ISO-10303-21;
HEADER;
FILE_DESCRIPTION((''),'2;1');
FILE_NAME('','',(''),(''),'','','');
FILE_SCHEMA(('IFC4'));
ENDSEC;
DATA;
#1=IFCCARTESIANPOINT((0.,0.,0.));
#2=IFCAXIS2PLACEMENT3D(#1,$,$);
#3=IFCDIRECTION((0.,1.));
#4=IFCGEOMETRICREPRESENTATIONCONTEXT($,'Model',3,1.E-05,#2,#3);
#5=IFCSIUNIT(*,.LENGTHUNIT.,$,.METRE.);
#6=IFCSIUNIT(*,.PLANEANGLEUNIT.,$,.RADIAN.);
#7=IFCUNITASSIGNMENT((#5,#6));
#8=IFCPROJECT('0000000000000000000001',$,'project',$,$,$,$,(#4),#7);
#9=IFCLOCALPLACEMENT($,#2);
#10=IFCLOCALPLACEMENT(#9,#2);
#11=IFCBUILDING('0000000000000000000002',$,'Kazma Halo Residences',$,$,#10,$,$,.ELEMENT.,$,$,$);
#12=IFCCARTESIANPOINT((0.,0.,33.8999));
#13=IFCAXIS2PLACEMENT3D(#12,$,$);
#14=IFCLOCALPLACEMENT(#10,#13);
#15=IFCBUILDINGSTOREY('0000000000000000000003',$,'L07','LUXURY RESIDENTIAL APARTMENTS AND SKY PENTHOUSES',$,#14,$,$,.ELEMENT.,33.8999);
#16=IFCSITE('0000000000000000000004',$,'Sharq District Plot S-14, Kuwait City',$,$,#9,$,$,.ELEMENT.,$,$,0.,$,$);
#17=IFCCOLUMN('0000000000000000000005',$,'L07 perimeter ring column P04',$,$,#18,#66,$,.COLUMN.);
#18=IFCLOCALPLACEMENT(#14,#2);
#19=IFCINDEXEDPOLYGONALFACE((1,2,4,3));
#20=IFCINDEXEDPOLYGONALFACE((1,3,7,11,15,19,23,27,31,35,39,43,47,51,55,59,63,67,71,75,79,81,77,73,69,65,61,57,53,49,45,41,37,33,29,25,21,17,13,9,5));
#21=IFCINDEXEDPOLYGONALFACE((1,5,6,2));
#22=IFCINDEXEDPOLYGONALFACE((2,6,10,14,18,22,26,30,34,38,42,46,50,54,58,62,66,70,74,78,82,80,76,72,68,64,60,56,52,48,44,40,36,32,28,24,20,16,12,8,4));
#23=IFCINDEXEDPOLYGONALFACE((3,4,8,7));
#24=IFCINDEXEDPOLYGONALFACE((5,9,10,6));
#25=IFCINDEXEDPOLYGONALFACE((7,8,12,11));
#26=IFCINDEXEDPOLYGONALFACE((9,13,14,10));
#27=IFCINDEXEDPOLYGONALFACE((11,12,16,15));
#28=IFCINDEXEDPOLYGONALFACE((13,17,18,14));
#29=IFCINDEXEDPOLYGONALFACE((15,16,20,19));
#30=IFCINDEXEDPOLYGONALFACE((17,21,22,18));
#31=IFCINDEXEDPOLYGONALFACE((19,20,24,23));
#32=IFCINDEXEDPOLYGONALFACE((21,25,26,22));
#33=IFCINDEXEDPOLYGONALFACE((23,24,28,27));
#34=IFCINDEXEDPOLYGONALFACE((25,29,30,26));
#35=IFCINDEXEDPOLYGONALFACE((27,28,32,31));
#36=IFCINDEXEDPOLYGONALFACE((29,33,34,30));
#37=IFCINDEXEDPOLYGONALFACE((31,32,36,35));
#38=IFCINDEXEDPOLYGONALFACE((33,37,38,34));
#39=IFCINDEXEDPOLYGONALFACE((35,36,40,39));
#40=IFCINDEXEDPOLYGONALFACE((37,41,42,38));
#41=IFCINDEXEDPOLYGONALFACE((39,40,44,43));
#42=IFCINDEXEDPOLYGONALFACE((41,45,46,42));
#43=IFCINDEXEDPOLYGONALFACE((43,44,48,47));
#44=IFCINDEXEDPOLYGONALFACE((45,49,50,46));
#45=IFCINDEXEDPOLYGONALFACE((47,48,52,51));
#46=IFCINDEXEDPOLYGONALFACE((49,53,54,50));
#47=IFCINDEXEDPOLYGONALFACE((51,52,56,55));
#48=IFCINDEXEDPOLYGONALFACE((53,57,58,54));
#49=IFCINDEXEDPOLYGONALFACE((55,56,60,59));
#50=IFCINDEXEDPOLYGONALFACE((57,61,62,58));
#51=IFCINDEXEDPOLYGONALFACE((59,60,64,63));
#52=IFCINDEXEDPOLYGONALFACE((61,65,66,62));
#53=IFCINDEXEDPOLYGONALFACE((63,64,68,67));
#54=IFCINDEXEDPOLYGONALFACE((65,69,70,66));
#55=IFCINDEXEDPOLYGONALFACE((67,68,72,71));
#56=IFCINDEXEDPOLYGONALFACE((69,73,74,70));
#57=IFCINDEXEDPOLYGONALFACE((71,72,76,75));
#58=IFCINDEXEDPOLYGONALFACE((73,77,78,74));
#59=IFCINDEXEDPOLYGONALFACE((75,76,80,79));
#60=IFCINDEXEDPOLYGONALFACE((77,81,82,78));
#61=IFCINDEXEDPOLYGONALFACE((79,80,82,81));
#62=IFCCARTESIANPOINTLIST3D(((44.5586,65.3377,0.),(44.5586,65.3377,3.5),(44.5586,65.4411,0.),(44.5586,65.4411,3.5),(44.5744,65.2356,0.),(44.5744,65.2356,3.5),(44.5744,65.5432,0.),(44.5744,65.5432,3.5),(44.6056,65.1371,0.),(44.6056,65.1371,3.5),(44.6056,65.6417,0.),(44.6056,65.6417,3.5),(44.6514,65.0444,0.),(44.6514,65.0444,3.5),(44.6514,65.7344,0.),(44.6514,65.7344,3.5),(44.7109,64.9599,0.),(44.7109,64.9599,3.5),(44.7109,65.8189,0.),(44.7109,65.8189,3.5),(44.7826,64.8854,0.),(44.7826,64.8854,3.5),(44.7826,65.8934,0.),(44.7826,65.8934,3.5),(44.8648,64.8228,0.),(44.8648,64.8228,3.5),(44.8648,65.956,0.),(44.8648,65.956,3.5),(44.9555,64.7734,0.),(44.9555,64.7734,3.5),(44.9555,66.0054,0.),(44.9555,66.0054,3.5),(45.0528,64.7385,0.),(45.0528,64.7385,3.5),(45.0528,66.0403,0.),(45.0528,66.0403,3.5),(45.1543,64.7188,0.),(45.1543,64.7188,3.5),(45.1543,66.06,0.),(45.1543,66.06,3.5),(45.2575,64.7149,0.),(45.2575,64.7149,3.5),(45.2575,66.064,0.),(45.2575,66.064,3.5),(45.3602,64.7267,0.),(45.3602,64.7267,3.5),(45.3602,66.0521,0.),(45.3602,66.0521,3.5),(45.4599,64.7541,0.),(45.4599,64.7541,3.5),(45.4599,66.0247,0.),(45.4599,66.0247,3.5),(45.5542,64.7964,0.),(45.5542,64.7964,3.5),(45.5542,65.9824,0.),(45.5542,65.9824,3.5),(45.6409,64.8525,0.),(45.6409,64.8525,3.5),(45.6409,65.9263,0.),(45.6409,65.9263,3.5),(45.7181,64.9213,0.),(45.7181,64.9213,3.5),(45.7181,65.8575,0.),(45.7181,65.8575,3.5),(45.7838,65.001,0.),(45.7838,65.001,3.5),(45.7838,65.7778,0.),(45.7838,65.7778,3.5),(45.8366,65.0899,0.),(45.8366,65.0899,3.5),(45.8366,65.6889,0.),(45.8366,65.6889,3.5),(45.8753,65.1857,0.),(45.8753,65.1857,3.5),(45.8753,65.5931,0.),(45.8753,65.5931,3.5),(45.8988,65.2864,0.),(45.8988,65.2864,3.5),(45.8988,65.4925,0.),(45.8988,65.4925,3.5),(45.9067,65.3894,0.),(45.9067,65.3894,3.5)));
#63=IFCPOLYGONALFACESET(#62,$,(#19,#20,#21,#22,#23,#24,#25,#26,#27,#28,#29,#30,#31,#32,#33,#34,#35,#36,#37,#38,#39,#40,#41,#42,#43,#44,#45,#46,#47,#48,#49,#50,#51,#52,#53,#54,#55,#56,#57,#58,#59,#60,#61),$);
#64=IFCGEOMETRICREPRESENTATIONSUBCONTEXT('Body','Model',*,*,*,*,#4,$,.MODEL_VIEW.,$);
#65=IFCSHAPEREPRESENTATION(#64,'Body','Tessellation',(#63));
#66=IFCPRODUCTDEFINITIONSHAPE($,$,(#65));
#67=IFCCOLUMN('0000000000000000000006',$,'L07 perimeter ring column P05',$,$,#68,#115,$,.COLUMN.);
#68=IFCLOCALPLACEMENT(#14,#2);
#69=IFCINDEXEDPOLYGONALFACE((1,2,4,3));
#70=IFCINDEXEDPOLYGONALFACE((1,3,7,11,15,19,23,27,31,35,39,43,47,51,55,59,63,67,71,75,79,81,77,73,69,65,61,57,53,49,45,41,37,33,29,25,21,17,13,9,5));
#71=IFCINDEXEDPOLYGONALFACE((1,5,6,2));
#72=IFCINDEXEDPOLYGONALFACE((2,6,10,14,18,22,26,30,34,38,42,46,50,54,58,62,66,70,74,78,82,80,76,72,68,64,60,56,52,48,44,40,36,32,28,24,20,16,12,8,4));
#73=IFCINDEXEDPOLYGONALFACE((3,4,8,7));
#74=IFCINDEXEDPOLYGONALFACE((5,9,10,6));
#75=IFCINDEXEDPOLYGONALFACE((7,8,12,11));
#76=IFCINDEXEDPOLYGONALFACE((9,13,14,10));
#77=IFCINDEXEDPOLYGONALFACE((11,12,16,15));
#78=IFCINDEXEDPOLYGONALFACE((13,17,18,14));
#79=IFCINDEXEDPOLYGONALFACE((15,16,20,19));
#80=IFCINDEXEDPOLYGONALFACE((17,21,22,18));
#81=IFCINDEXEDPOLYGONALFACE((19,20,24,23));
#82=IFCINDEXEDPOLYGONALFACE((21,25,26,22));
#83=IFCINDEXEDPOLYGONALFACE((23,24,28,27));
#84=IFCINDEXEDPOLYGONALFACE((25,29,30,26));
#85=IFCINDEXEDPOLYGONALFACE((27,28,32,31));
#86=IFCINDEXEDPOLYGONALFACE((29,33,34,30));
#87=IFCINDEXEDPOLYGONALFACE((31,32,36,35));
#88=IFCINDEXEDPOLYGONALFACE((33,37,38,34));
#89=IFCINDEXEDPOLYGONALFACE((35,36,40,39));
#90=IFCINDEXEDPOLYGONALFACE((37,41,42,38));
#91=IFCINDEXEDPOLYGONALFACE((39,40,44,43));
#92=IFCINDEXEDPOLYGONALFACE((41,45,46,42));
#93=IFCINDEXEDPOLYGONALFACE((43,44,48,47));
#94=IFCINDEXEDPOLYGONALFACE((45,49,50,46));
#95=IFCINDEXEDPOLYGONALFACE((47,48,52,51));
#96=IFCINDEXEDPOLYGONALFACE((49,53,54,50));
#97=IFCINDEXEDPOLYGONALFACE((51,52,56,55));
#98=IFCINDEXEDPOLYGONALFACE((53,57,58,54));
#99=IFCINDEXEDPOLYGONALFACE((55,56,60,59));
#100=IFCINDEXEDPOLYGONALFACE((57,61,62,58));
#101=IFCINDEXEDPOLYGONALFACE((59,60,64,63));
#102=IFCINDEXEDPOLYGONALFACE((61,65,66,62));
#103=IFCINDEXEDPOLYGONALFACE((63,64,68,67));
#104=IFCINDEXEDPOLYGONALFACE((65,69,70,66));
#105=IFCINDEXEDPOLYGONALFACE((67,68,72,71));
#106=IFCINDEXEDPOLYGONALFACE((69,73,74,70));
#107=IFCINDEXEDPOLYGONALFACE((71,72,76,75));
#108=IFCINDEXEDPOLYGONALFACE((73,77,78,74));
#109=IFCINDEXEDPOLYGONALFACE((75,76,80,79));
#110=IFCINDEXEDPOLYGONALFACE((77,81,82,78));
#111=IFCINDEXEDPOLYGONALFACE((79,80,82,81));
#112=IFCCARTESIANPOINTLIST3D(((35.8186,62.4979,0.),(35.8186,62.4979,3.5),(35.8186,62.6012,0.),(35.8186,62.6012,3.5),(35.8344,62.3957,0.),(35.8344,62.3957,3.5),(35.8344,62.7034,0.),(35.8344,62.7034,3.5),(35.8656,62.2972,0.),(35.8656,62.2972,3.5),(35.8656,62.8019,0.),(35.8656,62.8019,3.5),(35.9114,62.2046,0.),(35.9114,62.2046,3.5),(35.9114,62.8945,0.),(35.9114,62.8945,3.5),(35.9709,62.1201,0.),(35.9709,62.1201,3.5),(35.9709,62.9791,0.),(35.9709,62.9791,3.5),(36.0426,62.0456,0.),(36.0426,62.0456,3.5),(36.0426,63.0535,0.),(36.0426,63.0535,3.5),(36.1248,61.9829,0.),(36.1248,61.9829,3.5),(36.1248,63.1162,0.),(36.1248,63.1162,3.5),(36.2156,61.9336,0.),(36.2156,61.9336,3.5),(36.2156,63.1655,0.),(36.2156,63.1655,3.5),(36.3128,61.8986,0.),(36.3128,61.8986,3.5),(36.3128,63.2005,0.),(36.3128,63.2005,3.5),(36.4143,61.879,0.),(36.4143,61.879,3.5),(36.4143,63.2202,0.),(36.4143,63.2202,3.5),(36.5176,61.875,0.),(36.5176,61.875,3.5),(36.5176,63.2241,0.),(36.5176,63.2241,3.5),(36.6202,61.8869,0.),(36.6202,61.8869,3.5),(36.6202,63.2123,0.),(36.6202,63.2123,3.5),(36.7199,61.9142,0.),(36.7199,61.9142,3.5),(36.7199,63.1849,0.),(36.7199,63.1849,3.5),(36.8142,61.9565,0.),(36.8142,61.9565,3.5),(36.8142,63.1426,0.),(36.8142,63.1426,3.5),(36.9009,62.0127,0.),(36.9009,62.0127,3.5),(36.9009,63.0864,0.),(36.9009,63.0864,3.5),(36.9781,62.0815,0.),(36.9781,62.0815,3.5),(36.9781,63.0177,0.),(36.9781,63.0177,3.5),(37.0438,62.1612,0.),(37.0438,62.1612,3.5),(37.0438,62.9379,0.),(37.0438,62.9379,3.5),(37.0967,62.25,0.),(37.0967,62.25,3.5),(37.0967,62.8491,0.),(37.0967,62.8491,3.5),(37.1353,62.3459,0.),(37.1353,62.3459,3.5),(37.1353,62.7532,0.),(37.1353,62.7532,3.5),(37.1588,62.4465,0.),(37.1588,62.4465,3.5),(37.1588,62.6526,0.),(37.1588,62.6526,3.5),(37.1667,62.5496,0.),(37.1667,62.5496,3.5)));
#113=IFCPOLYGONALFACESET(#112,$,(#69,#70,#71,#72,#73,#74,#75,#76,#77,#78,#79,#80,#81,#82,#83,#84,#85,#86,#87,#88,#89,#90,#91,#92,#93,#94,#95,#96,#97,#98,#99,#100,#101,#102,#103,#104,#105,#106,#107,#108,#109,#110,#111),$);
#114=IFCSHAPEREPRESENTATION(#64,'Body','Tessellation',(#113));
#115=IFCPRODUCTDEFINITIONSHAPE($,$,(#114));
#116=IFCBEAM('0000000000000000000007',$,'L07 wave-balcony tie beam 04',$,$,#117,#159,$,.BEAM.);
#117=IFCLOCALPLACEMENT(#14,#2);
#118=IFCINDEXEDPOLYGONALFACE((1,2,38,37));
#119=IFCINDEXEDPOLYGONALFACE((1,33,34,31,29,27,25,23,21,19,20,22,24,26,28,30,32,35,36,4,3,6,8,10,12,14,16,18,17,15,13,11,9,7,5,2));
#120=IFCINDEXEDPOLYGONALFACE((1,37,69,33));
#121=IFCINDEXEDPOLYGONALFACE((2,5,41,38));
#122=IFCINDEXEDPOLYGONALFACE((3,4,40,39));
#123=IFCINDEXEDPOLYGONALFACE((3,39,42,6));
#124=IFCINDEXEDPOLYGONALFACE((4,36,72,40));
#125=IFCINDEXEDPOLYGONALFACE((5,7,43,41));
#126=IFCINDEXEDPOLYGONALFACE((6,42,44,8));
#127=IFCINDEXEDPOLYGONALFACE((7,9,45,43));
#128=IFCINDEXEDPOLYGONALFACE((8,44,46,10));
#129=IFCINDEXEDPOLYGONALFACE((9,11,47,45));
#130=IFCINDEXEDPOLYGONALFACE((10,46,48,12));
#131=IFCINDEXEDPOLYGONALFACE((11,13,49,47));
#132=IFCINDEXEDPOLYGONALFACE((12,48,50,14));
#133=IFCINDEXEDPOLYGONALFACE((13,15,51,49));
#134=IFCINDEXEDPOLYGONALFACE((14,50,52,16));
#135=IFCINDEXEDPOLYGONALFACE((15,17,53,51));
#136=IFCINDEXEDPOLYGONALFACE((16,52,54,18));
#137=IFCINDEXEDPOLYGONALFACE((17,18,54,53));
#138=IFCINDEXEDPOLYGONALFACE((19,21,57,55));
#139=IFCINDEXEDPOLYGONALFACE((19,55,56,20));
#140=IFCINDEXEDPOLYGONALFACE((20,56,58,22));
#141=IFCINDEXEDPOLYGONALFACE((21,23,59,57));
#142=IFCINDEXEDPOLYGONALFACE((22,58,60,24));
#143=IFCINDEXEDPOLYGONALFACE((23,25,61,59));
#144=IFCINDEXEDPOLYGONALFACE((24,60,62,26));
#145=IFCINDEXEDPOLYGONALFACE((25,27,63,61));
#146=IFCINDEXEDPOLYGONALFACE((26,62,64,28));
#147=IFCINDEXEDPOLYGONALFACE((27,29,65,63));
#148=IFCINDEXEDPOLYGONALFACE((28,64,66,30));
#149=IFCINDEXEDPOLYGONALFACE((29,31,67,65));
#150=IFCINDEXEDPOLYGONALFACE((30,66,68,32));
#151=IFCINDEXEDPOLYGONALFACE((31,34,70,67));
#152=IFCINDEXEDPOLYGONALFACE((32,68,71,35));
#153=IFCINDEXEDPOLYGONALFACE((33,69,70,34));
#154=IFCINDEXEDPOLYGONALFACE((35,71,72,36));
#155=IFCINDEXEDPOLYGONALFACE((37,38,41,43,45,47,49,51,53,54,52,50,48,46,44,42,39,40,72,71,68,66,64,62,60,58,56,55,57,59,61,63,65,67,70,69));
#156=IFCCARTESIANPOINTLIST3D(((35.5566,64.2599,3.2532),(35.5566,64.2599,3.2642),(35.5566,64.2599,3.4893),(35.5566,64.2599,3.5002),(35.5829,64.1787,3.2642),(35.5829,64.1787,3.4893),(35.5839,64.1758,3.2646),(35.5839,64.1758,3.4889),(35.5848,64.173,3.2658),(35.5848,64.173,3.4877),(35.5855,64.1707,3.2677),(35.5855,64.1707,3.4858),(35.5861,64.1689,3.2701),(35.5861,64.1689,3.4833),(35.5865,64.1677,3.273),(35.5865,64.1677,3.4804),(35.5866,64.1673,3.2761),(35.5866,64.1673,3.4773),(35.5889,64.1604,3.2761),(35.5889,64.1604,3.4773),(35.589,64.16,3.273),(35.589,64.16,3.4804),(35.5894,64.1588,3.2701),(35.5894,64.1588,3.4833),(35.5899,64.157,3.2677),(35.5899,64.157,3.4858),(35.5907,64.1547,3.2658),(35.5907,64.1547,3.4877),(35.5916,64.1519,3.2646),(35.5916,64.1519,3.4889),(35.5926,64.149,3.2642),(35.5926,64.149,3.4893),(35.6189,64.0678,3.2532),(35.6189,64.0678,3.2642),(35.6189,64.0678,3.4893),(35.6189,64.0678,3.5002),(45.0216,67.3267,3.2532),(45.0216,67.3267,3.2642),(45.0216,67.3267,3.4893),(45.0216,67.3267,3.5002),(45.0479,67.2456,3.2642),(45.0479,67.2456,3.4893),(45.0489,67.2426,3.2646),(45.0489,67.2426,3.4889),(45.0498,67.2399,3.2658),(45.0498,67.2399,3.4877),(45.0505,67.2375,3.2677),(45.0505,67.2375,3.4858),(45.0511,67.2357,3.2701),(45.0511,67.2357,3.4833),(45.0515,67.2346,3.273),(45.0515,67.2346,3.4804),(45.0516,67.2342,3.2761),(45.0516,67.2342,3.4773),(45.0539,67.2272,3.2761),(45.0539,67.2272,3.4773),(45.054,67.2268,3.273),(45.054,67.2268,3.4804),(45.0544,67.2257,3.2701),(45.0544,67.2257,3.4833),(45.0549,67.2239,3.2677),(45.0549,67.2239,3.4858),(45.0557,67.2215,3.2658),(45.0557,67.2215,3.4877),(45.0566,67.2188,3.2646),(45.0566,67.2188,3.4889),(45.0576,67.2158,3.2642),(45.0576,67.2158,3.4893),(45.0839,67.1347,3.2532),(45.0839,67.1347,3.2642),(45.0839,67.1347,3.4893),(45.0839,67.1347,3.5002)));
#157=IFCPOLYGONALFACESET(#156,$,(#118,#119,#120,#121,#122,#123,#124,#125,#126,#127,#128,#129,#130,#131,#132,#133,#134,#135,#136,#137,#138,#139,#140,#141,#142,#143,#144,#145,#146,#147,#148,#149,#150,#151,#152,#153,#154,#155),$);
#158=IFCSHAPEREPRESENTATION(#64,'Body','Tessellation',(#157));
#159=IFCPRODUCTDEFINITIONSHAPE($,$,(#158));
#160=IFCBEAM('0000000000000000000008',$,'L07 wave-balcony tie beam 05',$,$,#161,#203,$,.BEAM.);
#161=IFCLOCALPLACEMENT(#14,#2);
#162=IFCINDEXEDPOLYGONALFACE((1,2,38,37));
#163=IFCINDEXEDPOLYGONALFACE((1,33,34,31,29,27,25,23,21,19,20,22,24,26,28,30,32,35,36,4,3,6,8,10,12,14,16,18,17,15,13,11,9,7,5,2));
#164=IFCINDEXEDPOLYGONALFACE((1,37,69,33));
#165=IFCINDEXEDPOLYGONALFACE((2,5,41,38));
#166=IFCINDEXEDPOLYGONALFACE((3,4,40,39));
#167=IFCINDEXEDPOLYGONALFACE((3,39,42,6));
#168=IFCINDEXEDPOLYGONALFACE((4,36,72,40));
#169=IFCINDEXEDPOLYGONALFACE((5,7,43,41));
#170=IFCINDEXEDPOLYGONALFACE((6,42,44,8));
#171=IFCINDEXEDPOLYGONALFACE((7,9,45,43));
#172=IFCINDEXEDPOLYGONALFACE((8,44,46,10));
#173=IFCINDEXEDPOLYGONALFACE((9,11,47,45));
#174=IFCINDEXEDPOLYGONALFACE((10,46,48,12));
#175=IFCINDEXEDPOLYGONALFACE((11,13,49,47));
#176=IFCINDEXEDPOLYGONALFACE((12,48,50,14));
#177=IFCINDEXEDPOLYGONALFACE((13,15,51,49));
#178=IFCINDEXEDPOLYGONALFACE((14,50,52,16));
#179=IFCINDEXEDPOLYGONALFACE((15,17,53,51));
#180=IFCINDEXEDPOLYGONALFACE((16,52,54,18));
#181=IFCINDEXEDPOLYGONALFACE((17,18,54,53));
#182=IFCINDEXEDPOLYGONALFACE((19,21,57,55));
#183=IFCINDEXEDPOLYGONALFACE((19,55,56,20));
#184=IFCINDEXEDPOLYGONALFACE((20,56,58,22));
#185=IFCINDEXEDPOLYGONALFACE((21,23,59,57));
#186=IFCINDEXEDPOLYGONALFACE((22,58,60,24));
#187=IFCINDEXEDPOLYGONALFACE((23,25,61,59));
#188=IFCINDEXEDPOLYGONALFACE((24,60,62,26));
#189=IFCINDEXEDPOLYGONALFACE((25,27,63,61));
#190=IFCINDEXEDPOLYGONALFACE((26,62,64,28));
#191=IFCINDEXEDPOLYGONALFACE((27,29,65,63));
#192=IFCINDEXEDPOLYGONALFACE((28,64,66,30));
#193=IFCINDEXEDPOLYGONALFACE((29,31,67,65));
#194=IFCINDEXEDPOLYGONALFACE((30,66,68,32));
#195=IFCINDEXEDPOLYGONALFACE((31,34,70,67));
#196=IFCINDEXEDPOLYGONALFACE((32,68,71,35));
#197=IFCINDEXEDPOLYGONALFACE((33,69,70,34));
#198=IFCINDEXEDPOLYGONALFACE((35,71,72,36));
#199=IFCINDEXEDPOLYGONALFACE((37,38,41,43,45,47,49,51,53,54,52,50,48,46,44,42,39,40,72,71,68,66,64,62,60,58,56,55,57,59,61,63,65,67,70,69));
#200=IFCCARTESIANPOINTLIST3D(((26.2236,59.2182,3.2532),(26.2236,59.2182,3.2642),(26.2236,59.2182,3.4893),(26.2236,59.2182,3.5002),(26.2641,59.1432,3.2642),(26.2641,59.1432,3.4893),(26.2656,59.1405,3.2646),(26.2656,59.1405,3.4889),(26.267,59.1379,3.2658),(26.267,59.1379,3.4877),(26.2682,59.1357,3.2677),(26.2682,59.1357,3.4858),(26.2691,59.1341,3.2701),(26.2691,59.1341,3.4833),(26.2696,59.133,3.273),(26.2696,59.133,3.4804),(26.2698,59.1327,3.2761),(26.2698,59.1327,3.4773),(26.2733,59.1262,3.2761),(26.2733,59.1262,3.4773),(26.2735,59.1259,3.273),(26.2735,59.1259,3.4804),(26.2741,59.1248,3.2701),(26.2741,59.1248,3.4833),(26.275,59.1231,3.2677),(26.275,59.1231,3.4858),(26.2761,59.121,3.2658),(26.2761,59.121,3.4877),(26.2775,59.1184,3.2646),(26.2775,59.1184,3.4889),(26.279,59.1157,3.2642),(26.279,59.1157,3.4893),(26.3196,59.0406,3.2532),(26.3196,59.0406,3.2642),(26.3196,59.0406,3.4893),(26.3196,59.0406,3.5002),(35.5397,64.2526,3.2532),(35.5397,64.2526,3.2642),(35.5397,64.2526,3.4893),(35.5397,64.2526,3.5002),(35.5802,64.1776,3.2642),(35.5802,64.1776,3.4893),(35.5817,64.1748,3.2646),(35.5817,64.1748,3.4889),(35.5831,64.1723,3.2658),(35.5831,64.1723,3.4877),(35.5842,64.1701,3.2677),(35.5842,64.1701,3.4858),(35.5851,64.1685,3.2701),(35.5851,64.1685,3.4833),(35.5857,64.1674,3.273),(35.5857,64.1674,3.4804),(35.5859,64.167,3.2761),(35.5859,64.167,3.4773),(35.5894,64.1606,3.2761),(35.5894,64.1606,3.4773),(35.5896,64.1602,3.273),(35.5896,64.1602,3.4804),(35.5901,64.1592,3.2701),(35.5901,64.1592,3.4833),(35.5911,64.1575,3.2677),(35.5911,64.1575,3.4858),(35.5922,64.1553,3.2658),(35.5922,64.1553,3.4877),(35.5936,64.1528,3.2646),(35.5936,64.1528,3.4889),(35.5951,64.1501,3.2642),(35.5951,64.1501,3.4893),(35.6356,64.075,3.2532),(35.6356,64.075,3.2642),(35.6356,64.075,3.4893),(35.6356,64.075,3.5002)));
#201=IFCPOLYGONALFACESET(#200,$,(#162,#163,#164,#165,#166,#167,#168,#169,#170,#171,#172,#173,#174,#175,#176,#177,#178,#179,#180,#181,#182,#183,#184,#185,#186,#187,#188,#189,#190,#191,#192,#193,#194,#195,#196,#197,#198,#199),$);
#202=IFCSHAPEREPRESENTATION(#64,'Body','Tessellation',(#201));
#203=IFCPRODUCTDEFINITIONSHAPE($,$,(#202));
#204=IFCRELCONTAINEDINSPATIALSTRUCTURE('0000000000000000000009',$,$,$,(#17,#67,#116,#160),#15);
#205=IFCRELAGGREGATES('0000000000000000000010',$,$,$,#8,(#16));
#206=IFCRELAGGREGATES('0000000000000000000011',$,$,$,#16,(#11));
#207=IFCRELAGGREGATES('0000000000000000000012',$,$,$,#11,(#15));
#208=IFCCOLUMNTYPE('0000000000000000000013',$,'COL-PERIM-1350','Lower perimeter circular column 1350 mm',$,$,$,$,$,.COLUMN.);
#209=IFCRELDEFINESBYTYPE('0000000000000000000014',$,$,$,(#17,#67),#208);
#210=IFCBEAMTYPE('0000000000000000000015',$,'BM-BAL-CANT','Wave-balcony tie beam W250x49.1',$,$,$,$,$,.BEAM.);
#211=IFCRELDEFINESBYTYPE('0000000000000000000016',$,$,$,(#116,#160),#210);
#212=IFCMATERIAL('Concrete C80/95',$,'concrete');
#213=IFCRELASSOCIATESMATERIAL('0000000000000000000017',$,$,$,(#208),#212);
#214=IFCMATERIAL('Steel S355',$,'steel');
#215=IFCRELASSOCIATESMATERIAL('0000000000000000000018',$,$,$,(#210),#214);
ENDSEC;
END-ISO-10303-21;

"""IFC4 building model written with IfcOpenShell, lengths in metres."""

from ifc_helpers import new_model, si_unit, direction, frame, origin, origin_2d, place, context, subcontext, project, spatial, circle, i_section, extrude, material, material_profile, profile_set, type_object, element, save


model = new_model("IFC4")

# Units and contexts
model_context = context("Model", 3, precision=1e-05, world=origin(), true_north=direction((0.0, 1.0)))
body_context = subcontext(model_context, "Body", "Model", "MODEL_VIEW")
ifc_project = project(units=[si_unit("LENGTHUNIT", "METRE"), si_unit("PLANEANGLEUNIT", "RADIAN")], contexts=[model_context])

# Site, building, storey
site_placement = place(None, origin())
site = spatial("IfcSite", under=ifc_project, at=site_placement, Name="Sharq District Plot S-14, Kuwait City", CompositionType="ELEMENT", RefElevation=0.0)
building_placement = place(site_placement, origin())
building = spatial("IfcBuilding", under=site, at=building_placement, Name="Kazma Halo Residences", CompositionType="ELEMENT")
storey_placement = place(building_placement, frame((0.0, 0.0, 33.8999)))
storey = spatial("IfcBuildingStorey", under=building, at=storey_placement, Name="L07", Description="LUXURY RESIDENTIAL APARTMENTS AND SKY PENTHOUSES", CompositionType="ELEMENT", Elevation=33.8999)

# Columns
ifc_material_1 = material(Name="Concrete C80/95", Category="concrete")
ifc_material_profile_1 = material_profile(ifc_material_1, circle(Radius=0.675, at=origin_2d()), Name="CIRC1350")
ifc_profile_set_1 = profile_set([ifc_material_profile_1], Name="Concrete C80/95")
column_type = type_object("IfcColumnType", Name="COL-PERIM-1350", Description="Lower perimeter circular column 1350 mm", PredefinedType="COLUMN", material=ifc_profile_set_1)
for number, where, z_axis, x_axis, name in (
    (1, (45.2317, 65.3894, 0.0), (0.0, 0.0, 1.0), (1.0, 0.0, 0.0), "L07 perimeter ring column P04"),
    (2, (36.4917, 62.5496, 0.0), (0.0, 0.0, 1.0), (1.0, 0.0, 0.0), "L07 perimeter ring column P05"),
):
    element("IfcColumn", number, at=place(storey_placement, frame(where, z_axis=z_axis, x_axis=x_axis)), inside=storey, type_object=column_type, Name=name, PredefinedType="COLUMN", context=body_context, shape_type="SweptSolid", body=[
        extrude(circle(Radius=0.675, at=origin_2d()), origin(), (0.0, 0.0, 1.0), 3.5),
    ])

# Beams
ifc_material_2 = material(Name="Steel S355", Category="steel")
ifc_material_profile_2 = material_profile(ifc_material_2, i_section(OverallWidth=0.2019, OverallDepth=0.2471, WebThickness=0.0073, FlangeThickness=0.011, FilletRadius=0.012, at=origin_2d()), Name="W250x49.1")
ifc_profile_set_2 = profile_set([ifc_material_profile_2], Name="Steel S355")
beam_type_1 = type_object("IfcBeamType", Name="BM-BAL-CANT", Description="Wave-balcony tie beam W250x49.1", PredefinedType="BEAM", material=ifc_profile_set_2)
beam_1_placement = place(storey_placement, frame((45.0527, 67.2307, 3.3767), z_axis=(-0.951307, -0.308244, 0.0), x_axis=(0.308244, -0.951307, 0.0)))
element("IfcBeam", 3, at=beam_1_placement, inside=storey, type_object=beam_type_1, Name="L07 wave-balcony tie beam 04", PredefinedType="BEAM", context=body_context, shape_type="SweptSolid", body=[
    extrude(i_section(OverallWidth=0.2019, OverallDepth=0.2471, WebThickness=0.0073, FlangeThickness=0.011, FilletRadius=0.012, at=origin_2d()), origin(), (0.0, 0.0, 1.0), 9.9495),
])
beam_2_placement = place(storey_placement, frame((35.5876, 64.1638, 3.3767), z_axis=(-0.879759, -0.475419, 0.0), x_axis=(0.475419, -0.879759, 0.0)))
element("IfcBeam", 4, at=beam_2_placement, inside=storey, type_object=beam_type_1, Name="L07 wave-balcony tie beam 05", PredefinedType="BEAM", context=body_context, shape_type="SweptSolid", body=[
    extrude(i_section(OverallWidth=0.2019, OverallDepth=0.2471, WebThickness=0.0073, FlangeThickness=0.011, FilletRadius=0.012, at=origin_2d()), origin(), (0.0, 0.0, 1.0), 10.5894),
])

save(model, "model.ifc")
